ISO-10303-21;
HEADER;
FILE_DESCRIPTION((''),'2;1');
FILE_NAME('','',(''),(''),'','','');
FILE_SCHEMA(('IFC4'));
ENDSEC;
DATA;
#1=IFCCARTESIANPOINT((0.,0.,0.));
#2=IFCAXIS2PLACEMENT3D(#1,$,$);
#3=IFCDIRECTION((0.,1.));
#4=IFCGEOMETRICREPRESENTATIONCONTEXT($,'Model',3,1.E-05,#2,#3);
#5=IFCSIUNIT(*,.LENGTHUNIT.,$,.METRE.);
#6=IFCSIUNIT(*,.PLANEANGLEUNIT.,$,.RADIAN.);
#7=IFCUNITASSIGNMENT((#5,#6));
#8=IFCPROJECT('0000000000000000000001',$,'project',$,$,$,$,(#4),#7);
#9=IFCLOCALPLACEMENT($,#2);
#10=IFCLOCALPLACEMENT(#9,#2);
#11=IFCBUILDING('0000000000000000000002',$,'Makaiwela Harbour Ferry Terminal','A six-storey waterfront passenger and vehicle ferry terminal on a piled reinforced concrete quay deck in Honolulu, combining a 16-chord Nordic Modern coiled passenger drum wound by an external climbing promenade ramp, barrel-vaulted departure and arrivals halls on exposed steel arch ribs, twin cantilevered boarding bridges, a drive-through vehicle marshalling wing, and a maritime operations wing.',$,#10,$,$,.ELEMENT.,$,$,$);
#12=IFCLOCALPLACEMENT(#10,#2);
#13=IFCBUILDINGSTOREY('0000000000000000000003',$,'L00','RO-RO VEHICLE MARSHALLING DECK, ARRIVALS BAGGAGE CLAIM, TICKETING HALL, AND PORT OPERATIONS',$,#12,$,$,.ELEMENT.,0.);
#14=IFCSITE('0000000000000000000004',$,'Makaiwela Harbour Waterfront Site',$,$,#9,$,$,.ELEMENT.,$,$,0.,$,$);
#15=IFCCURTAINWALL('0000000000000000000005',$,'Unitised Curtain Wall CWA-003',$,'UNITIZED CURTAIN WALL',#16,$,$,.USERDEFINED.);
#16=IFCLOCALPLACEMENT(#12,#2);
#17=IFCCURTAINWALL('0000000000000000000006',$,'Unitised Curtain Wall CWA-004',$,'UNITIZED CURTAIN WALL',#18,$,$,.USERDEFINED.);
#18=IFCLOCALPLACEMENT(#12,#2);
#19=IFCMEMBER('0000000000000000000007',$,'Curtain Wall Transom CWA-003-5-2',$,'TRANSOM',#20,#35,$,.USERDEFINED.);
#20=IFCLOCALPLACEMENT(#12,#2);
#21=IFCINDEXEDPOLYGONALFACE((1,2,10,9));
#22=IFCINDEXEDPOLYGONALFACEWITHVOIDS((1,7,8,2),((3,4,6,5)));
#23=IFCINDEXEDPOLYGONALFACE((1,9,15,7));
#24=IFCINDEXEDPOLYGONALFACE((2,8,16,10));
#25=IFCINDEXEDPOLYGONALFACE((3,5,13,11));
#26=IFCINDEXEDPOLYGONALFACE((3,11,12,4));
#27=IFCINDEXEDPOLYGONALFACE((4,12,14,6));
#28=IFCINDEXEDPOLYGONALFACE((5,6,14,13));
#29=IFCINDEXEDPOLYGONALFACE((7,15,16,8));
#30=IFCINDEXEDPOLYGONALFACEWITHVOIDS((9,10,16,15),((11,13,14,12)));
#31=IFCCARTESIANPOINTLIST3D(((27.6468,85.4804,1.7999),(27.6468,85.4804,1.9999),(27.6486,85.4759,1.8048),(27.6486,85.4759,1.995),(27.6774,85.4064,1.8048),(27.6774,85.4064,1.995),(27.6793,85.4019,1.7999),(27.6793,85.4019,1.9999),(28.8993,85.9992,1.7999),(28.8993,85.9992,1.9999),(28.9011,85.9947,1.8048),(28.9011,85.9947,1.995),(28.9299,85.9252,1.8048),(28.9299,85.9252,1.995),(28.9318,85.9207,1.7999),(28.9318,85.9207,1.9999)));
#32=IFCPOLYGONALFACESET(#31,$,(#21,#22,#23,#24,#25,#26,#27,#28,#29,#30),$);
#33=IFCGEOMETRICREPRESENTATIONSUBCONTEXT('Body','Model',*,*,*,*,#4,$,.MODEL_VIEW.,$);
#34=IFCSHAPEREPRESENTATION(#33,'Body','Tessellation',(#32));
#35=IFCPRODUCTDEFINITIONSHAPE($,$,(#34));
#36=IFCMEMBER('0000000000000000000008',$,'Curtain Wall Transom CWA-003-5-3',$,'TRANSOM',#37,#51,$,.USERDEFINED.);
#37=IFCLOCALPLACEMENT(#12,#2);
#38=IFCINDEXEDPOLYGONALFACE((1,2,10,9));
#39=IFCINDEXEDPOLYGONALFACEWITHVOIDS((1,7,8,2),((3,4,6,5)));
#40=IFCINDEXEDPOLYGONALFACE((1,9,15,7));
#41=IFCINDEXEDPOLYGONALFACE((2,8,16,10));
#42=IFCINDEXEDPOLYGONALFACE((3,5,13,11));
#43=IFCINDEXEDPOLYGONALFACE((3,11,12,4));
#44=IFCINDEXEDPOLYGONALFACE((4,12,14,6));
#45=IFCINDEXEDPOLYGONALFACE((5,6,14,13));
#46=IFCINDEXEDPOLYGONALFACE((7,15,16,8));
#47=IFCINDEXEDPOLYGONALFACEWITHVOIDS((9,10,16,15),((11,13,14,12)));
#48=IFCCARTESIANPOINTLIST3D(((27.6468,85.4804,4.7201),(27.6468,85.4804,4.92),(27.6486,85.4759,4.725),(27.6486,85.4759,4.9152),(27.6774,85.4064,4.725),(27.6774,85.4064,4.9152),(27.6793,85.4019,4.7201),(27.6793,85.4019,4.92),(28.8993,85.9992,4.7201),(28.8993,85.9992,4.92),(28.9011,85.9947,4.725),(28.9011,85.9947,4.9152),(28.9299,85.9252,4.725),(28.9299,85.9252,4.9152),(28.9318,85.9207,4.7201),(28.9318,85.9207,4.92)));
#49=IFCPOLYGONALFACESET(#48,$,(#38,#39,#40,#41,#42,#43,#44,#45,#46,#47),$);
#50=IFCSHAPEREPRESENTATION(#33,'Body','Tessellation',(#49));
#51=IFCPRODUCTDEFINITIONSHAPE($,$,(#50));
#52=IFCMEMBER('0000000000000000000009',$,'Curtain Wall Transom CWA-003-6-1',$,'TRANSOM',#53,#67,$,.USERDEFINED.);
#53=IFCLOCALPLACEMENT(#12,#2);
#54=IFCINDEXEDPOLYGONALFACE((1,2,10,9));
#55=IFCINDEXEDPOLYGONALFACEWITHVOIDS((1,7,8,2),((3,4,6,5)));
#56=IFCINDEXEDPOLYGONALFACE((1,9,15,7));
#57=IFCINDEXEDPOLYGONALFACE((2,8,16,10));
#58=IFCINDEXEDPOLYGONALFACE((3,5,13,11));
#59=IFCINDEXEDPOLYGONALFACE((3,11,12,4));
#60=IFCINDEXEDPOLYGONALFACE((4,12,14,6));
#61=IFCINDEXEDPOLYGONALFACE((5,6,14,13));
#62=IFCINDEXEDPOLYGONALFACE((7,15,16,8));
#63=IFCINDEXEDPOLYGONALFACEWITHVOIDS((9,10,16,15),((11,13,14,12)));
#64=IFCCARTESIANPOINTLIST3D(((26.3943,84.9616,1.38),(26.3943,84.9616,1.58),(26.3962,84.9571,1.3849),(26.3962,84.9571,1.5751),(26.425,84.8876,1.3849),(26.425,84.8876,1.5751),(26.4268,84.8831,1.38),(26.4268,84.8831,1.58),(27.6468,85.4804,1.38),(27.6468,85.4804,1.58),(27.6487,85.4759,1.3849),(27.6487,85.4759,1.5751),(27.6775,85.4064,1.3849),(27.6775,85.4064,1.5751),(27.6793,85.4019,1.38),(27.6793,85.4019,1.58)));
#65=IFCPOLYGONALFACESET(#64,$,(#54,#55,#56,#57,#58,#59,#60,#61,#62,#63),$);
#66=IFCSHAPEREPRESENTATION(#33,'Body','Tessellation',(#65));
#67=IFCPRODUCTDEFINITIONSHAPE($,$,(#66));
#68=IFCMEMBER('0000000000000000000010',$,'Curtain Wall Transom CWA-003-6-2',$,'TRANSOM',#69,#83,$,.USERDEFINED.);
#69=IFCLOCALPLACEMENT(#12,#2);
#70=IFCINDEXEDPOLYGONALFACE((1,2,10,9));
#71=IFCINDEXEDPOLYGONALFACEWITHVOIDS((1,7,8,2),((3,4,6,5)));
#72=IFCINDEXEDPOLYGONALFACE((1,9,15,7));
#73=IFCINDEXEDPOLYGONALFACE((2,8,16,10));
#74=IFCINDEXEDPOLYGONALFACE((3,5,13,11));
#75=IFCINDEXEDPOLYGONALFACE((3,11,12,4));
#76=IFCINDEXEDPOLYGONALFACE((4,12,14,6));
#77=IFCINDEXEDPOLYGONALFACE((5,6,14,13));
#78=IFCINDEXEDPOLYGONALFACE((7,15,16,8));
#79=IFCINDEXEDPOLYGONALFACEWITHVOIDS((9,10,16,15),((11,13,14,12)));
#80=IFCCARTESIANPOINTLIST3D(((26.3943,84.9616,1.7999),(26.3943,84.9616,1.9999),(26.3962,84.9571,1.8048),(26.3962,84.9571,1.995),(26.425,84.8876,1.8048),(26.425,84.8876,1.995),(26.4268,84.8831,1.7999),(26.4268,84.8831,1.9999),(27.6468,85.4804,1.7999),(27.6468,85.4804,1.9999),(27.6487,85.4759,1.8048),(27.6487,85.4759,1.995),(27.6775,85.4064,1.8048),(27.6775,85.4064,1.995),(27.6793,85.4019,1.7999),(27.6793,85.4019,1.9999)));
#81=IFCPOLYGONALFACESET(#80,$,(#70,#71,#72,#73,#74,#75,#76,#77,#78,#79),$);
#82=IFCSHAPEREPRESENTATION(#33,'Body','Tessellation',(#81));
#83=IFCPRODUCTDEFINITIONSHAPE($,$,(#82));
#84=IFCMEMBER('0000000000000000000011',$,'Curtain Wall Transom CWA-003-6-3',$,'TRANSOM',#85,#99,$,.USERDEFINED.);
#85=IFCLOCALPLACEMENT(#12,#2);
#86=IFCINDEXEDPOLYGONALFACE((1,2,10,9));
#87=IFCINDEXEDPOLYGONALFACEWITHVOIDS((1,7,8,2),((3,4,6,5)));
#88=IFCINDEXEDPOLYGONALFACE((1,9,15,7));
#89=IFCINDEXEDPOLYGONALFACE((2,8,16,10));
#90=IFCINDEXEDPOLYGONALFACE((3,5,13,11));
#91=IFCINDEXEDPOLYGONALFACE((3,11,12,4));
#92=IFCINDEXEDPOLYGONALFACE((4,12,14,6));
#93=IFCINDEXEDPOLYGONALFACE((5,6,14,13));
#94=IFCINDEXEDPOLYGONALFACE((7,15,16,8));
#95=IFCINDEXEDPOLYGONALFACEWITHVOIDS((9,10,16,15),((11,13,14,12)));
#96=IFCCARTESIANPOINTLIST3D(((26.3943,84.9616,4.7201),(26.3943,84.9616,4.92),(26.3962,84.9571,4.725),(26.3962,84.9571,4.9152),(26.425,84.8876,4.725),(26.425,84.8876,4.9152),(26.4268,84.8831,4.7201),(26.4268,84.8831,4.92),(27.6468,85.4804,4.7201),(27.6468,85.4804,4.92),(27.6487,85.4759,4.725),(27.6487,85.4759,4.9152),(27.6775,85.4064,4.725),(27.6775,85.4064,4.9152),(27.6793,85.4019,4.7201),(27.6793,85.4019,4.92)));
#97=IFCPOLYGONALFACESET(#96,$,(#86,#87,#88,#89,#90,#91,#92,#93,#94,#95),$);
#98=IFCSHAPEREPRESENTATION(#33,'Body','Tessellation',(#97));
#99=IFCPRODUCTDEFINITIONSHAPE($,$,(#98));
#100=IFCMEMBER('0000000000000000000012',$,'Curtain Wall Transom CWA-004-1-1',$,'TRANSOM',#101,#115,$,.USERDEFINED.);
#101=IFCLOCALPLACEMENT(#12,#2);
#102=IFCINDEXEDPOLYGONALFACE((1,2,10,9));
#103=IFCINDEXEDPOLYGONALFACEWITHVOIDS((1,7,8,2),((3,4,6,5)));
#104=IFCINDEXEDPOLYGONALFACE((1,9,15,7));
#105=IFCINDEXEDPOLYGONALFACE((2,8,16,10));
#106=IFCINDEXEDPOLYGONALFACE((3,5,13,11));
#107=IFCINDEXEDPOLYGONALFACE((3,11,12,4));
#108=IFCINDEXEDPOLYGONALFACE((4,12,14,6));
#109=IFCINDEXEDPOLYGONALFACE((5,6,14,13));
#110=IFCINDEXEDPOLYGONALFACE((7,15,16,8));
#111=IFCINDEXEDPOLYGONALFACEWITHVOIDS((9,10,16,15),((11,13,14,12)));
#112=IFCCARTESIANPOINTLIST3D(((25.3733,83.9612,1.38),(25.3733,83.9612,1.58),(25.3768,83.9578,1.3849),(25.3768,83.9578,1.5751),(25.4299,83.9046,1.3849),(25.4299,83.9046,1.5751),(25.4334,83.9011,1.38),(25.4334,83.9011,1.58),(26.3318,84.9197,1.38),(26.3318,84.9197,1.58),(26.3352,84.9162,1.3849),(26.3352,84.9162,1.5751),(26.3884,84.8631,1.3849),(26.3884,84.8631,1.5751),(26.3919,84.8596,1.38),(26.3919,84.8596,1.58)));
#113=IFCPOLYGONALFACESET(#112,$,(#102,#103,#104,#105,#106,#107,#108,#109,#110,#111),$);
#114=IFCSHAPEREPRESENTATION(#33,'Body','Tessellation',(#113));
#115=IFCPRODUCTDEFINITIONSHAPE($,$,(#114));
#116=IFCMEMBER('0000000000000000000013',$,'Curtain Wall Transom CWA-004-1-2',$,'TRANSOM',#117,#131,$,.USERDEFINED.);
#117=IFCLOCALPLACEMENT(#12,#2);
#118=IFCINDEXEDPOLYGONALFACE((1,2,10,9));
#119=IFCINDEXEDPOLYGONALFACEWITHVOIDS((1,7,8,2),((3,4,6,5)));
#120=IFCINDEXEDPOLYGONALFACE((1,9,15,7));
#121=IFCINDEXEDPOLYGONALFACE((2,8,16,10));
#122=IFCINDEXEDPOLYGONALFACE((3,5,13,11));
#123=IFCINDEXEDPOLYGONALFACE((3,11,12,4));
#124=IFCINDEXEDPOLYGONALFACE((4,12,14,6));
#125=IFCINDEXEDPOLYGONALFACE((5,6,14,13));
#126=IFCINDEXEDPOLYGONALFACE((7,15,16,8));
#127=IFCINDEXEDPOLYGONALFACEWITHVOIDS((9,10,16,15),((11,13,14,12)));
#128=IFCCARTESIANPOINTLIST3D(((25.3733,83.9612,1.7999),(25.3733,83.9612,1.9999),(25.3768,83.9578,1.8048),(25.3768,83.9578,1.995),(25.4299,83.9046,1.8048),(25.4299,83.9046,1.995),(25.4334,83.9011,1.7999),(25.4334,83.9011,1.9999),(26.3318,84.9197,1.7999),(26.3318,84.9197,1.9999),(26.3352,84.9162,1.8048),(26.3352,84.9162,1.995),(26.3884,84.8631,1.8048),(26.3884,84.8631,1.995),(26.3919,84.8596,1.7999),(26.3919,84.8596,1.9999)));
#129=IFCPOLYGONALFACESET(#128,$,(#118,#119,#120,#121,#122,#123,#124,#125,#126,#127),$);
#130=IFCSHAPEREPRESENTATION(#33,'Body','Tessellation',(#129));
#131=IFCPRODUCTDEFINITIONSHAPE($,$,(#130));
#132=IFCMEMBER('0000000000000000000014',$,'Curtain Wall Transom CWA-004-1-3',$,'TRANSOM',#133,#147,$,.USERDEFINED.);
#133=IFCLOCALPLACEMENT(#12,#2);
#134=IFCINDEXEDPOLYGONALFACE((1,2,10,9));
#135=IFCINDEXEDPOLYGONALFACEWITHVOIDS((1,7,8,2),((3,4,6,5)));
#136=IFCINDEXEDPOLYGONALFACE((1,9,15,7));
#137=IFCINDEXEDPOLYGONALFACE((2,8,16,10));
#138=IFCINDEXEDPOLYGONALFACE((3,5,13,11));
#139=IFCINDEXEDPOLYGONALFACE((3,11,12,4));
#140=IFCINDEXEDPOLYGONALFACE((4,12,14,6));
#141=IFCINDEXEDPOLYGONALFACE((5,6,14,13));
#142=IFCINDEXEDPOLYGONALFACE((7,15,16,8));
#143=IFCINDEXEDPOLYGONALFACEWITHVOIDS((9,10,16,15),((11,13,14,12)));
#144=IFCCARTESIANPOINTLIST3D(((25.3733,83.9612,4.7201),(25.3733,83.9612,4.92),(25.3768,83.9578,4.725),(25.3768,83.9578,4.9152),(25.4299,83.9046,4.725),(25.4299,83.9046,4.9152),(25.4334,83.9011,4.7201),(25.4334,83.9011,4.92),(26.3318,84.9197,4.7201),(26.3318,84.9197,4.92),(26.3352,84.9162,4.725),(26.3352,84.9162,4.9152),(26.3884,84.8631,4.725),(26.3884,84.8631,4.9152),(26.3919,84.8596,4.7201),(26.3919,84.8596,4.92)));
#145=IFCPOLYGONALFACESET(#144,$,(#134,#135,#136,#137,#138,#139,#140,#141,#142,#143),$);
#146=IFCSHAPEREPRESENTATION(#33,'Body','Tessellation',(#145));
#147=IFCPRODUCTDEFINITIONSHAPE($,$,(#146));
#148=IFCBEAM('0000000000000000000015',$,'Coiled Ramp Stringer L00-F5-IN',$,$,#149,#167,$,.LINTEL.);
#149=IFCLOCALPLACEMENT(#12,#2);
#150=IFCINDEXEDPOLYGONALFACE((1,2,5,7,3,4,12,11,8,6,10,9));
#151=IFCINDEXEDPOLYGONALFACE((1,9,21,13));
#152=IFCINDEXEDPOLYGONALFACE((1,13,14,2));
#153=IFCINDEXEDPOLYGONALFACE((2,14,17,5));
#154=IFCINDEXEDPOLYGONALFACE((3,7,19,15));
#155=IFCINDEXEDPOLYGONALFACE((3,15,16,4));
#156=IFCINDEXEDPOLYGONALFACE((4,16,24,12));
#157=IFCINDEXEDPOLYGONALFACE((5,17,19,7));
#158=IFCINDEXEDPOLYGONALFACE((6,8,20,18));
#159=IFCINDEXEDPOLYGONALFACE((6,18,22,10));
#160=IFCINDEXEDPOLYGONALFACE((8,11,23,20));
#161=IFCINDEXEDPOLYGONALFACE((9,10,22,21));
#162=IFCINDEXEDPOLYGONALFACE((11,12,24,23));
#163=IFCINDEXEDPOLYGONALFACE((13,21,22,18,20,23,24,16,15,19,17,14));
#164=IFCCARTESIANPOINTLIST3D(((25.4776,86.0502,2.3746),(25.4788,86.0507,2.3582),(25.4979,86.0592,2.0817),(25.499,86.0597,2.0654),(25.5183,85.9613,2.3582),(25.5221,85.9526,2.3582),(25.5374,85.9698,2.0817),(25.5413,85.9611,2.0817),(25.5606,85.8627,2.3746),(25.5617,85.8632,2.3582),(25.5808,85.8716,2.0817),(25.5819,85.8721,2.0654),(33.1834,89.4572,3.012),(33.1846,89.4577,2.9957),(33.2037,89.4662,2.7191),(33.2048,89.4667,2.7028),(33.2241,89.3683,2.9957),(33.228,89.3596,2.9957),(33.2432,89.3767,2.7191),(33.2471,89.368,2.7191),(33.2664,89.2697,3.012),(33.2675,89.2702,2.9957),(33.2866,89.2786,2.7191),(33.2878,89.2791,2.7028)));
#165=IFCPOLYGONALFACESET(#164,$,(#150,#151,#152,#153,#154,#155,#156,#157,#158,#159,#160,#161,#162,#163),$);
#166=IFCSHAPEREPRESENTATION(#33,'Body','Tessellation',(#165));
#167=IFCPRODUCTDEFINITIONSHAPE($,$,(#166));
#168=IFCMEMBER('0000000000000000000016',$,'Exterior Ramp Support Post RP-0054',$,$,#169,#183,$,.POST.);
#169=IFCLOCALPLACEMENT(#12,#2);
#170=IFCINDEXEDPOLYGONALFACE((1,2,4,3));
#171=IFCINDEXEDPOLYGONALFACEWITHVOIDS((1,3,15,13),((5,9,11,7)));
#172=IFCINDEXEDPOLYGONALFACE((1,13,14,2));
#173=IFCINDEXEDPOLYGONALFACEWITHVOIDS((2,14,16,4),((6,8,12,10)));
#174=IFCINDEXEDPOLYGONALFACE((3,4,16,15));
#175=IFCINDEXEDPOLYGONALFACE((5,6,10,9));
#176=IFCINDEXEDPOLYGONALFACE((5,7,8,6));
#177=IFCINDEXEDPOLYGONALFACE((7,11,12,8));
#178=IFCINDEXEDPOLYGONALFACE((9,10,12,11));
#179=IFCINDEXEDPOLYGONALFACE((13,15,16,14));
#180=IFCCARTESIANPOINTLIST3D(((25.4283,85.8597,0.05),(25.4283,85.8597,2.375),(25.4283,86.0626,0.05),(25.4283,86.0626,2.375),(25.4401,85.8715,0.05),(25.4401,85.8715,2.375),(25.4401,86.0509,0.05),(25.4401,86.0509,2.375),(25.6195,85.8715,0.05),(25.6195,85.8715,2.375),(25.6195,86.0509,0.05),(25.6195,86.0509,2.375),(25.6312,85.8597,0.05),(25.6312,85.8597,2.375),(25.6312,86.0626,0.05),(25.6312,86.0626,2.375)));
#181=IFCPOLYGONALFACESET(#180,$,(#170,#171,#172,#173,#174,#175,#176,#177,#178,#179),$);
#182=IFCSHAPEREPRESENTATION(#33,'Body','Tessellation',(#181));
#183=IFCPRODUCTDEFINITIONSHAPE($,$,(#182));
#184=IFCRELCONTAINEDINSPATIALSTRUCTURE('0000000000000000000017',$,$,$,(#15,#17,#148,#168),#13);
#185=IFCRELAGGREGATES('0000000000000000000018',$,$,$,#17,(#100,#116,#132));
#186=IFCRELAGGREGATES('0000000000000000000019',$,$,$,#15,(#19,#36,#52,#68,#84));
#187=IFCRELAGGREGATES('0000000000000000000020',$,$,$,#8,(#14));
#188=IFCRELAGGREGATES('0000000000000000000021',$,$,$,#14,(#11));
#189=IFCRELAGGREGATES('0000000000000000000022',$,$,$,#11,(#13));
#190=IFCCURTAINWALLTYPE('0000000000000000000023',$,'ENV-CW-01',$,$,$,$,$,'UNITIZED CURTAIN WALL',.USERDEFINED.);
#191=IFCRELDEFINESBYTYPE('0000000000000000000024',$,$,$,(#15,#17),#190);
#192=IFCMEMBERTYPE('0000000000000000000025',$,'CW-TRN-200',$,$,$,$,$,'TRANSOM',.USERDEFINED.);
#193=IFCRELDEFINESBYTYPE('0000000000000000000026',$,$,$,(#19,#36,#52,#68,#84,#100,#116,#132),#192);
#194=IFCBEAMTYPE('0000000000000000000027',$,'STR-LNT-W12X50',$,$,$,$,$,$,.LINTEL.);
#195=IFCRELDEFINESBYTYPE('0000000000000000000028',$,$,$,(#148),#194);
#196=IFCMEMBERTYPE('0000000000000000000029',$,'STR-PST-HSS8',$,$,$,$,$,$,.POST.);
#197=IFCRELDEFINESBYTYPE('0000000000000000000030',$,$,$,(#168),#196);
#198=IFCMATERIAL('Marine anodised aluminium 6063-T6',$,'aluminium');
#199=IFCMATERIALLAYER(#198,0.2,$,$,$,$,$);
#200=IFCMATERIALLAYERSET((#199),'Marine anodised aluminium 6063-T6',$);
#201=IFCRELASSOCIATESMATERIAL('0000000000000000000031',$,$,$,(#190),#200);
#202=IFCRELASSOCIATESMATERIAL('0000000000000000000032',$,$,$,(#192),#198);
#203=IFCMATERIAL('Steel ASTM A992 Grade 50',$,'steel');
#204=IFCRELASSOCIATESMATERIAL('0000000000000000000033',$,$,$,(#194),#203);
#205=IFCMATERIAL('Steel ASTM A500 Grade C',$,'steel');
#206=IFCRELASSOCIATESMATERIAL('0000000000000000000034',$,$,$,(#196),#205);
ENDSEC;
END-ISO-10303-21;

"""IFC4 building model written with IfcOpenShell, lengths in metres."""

from ifc_helpers import new_model, si_unit, direction, frame, origin, origin_2d, place, context, subcontext, project, spatial, hollow_rectangle, i_section, extrude, material, layer, layer_set, material_profile, profile_set, type_object, element, aggregate, save


model = new_model("IFC4")

# Units and contexts
model_context = context("Model", 3, precision=1e-05, world=origin(), true_north=direction((0.0, 1.0)))
body_context = subcontext(model_context, "Body", "Model", "MODEL_VIEW")
ifc_project = project(units=[si_unit("LENGTHUNIT", "METRE"), si_unit("PLANEANGLEUNIT", "RADIAN")], contexts=[model_context])

# Site, building, storey
site_placement = place(None, origin())
site = spatial("IfcSite", under=ifc_project, at=site_placement, Name="Makaiwela Harbour Waterfront Site", CompositionType="ELEMENT", RefElevation=0.0)
building_placement = place(site_placement, origin())
building = spatial("IfcBuilding", under=site, at=building_placement, Name="Makaiwela Harbour Ferry Terminal", Description="A six-storey waterfront passenger and vehicle ferry terminal on a piled reinforced concrete quay deck in Honolulu, combining a 16-chord Nordic Modern coiled passenger drum wound by an external climbing promenade ramp, barrel-vaulted departure and arrivals halls on exposed steel arch ribs, twin cantilevered boarding bridges, a drive-through vehicle marshalling wing, and a maritime operations wing.", CompositionType="ELEMENT")
storey_placement = place(building_placement, origin())
storey = spatial("IfcBuildingStorey", under=building, at=storey_placement, Name="L00", Description="RO-RO VEHICLE MARSHALLING DECK, ARRIVALS BAGGAGE CLAIM, TICKETING HALL, AND PORT OPERATIONS", CompositionType="ELEMENT", Elevation=0.0)

# Curtain wall
ifc_material_1 = material(Name="Marine anodised aluminium 6063-T6", Category="aluminium")
ifc_layer_1 = layer(ifc_material_1, 0.2)
ifc_layer_set_1 = layer_set([ifc_layer_1], Name="Marine anodised aluminium 6063-T6")
curtain_wall_type = type_object("IfcCurtainWallType", Name="ENV-CW-01", ElementType="UNITIZED CURTAIN WALL", PredefinedType="USERDEFINED", material=ifc_layer_set_1)
curtain_wall_1_placement = place(storey_placement, origin())
curtain_wall_1 = element("IfcCurtainWall", 1, at=curtain_wall_1_placement, inside=storey, type_object=curtain_wall_type, Name="Unitised Curtain Wall CWA-003", ObjectType="UNITIZED CURTAIN WALL", PredefinedType="USERDEFINED")

# Curtain wall
curtain_wall_2_placement = place(storey_placement, origin())
curtain_wall_2 = element("IfcCurtainWall", 2, at=curtain_wall_2_placement, inside=storey, type_object=curtain_wall_type, Name="Unitised Curtain Wall CWA-004", ObjectType="UNITIZED CURTAIN WALL", PredefinedType="USERDEFINED")

# Members
ifc_material_profile_1 = material_profile(ifc_material_1, hollow_rectangle(XDim=0.085, YDim=0.2, WallThickness=0.0049, at=origin_2d()), Name="CWT-200X85")
ifc_profile_set_1 = profile_set([ifc_material_profile_1], Name="Marine anodised aluminium 6063-T6")
member_type_1 = type_object("IfcMemberType", Name="CW-TRN-200", ElementType="TRANSOM", PredefinedType="USERDEFINED", material=ifc_profile_set_1)
member_1_placement = place(storey_placement, frame((28.9155, 85.96, 1.8999), z_axis=(-0.923874, -0.382696, 0.0), x_axis=(0.382696, -0.923874, 0.0)))
member_1 = element("IfcMember", 3, at=member_1_placement, type_object=member_type_1, Name="Curtain Wall Transom CWA-003-5-2", ObjectType="TRANSOM", PredefinedType="USERDEFINED", context=body_context, shape_type="SweptSolid", body=[
    extrude(hollow_rectangle(XDim=0.085, YDim=0.2, WallThickness=0.0049, at=origin_2d()), origin(), (0.0, 0.0, 1.0), 1.3557),
])
member_2_placement = place(storey_placement, frame((28.9155, 85.96, 4.8201), z_axis=(-0.923874, -0.382696, 0.0), x_axis=(0.382696, -0.923874, 0.0)))
member_2 = element("IfcMember", 4, at=member_2_placement, type_object=member_type_1, Name="Curtain Wall Transom CWA-003-5-3", ObjectType="TRANSOM", PredefinedType="USERDEFINED", context=body_context, shape_type="SweptSolid", body=[
    extrude(hollow_rectangle(XDim=0.085, YDim=0.2, WallThickness=0.0049, at=origin_2d()), origin(), (0.0, 0.0, 1.0), 1.3557),
])
member_3_placement = place(storey_placement, frame((27.6631, 85.4412, 1.48), z_axis=(-0.923874, -0.382696, 0.0), x_axis=(0.382696, -0.923874, 0.0)))
member_3 = element("IfcMember", 5, at=member_3_placement, type_object=member_type_1, Name="Curtain Wall Transom CWA-003-6-1", ObjectType="TRANSOM", PredefinedType="USERDEFINED", context=body_context, shape_type="SweptSolid", body=[
    extrude(hollow_rectangle(XDim=0.085, YDim=0.2, WallThickness=0.0049, at=origin_2d()), origin(), (0.0, 0.0, 1.0), 1.3557),
])
member_4_placement = place(storey_placement, frame((27.6631, 85.4412, 1.8999), z_axis=(-0.923874, -0.382696, 0.0), x_axis=(0.382696, -0.923874, 0.0)))
member_4 = element("IfcMember", 6, at=member_4_placement, type_object=member_type_1, Name="Curtain Wall Transom CWA-003-6-2", ObjectType="TRANSOM", PredefinedType="USERDEFINED", context=body_context, shape_type="SweptSolid", body=[
    extrude(hollow_rectangle(XDim=0.085, YDim=0.2, WallThickness=0.0049, at=origin_2d()), origin(), (0.0, 0.0, 1.0), 1.3557),
])
member_5_placement = place(storey_placement, frame((27.6631, 85.4412, 4.8201), z_axis=(-0.923874, -0.382696, 0.0), x_axis=(0.382696, -0.923874, 0.0)))
member_5 = element("IfcMember", 7, at=member_5_placement, type_object=member_type_1, Name="Curtain Wall Transom CWA-003-6-3", ObjectType="TRANSOM", PredefinedType="USERDEFINED", context=body_context, shape_type="SweptSolid", body=[
    extrude(hollow_rectangle(XDim=0.085, YDim=0.2, WallThickness=0.0049, at=origin_2d()), origin(), (0.0, 0.0, 1.0), 1.3557),
])
member_6_placement = place(storey_placement, frame((26.3618, 84.8896, 1.48), z_axis=(-0.707107, -0.707107, 0.0), x_axis=(0.707107, -0.707107, 0.0)))
member_6 = element("IfcMember", 8, at=member_6_placement, type_object=member_type_1, Name="Curtain Wall Transom CWA-004-1-1", ObjectType="TRANSOM", PredefinedType="USERDEFINED", context=body_context, shape_type="SweptSolid", body=[
    extrude(hollow_rectangle(XDim=0.085, YDim=0.2, WallThickness=0.0049, at=origin_2d()), origin(), (0.0, 0.0, 1.0), 1.3555),
])
member_7_placement = place(storey_placement, frame((26.3618, 84.8896, 1.8999), z_axis=(-0.707107, -0.707107, 0.0), x_axis=(0.707107, -0.707107, 0.0)))
member_7 = element("IfcMember", 9, at=member_7_placement, type_object=member_type_1, Name="Curtain Wall Transom CWA-004-1-2", ObjectType="TRANSOM", PredefinedType="USERDEFINED", context=body_context, shape_type="SweptSolid", body=[
    extrude(hollow_rectangle(XDim=0.085, YDim=0.2, WallThickness=0.0049, at=origin_2d()), origin(), (0.0, 0.0, 1.0), 1.3555),
])
member_8_placement = place(storey_placement, frame((26.3618, 84.8896, 4.8201), z_axis=(-0.707107, -0.707107, 0.0), x_axis=(0.707107, -0.707107, 0.0)))
member_8 = element("IfcMember", 10, at=member_8_placement, type_object=member_type_1, Name="Curtain Wall Transom CWA-004-1-3", ObjectType="TRANSOM", PredefinedType="USERDEFINED", context=body_context, shape_type="SweptSolid", body=[
    extrude(hollow_rectangle(XDim=0.085, YDim=0.2, WallThickness=0.0049, at=origin_2d()), origin(), (0.0, 0.0, 1.0), 1.3555),
])
aggregate(curtain_wall_2, [member_6, member_7, member_8])

# Beam
ifc_material_2 = material(Name="Steel ASTM A992 Grade 50", Category="steel")
ifc_material_profile_2 = material_profile(ifc_material_2, i_section(OverallWidth=0.2051, OverallDepth=0.3101, WebThickness=0.0095, FlangeThickness=0.0164, at=origin_2d()), Name="W12X50")
ifc_profile_set_2 = profile_set([ifc_material_profile_2], Name="Steel ASTM A992 Grade 50")
beam_type = type_object("IfcBeamType", Name="STR-LNT-W12X50", PredefinedType="LINTEL", material=ifc_profile_set_2)
beam_placement = place(storey_placement, frame((25.5298, 85.9612, 2.22), z_axis=(0.911988, 0.403219, 0.075443), x_axis=(-0.404371, 0.914595, 0.0)))
element("IfcBeam", 11, at=beam_placement, inside=storey, type_object=beam_type, Name="Coiled Ramp Stringer L00-F5-IN", PredefinedType="LINTEL", context=body_context, shape_type="SweptSolid", body=[
    extrude(i_section(OverallWidth=0.2051, OverallDepth=0.3101, WebThickness=0.0095, FlangeThickness=0.0164, at=origin_2d()), origin(), (0.0, 0.0, 1.0), 8.4495),
])

# Member
ifc_material_3 = material(Name="Steel ASTM A500 Grade C", Category="steel")
ifc_material_profile_3 = material_profile(ifc_material_3, hollow_rectangle(XDim=0.2029, YDim=0.2029, WallThickness=0.0117, at=origin_2d()), Name="HSS8X8X1/2")
ifc_profile_set_3 = profile_set([ifc_material_profile_3], Name="Steel ASTM A500 Grade C")
member_type_2 = type_object("IfcMemberType", Name="STR-PST-HSS8", PredefinedType="POST", material=ifc_profile_set_3)
member_9_placement = place(storey_placement, frame((25.5298, 85.9612, 0.05), z_axis=(0.0, 0.0, 1.0), x_axis=(1.0, 0.0, 0.0)))
element("IfcMember", 12, at=member_9_placement, inside=storey, type_object=member_type_2, Name="Exterior Ramp Support Post RP-0054", PredefinedType="POST", context=body_context, shape_type="SweptSolid", body=[
    extrude(hollow_rectangle(XDim=0.2029, YDim=0.2029, WallThickness=0.0117, at=origin_2d()), origin(), (0.0, 0.0, 1.0), 2.325),
])

aggregate(curtain_wall_1, [member_1, member_2, member_3, member_4, member_5])

save(model, "model.ifc")
